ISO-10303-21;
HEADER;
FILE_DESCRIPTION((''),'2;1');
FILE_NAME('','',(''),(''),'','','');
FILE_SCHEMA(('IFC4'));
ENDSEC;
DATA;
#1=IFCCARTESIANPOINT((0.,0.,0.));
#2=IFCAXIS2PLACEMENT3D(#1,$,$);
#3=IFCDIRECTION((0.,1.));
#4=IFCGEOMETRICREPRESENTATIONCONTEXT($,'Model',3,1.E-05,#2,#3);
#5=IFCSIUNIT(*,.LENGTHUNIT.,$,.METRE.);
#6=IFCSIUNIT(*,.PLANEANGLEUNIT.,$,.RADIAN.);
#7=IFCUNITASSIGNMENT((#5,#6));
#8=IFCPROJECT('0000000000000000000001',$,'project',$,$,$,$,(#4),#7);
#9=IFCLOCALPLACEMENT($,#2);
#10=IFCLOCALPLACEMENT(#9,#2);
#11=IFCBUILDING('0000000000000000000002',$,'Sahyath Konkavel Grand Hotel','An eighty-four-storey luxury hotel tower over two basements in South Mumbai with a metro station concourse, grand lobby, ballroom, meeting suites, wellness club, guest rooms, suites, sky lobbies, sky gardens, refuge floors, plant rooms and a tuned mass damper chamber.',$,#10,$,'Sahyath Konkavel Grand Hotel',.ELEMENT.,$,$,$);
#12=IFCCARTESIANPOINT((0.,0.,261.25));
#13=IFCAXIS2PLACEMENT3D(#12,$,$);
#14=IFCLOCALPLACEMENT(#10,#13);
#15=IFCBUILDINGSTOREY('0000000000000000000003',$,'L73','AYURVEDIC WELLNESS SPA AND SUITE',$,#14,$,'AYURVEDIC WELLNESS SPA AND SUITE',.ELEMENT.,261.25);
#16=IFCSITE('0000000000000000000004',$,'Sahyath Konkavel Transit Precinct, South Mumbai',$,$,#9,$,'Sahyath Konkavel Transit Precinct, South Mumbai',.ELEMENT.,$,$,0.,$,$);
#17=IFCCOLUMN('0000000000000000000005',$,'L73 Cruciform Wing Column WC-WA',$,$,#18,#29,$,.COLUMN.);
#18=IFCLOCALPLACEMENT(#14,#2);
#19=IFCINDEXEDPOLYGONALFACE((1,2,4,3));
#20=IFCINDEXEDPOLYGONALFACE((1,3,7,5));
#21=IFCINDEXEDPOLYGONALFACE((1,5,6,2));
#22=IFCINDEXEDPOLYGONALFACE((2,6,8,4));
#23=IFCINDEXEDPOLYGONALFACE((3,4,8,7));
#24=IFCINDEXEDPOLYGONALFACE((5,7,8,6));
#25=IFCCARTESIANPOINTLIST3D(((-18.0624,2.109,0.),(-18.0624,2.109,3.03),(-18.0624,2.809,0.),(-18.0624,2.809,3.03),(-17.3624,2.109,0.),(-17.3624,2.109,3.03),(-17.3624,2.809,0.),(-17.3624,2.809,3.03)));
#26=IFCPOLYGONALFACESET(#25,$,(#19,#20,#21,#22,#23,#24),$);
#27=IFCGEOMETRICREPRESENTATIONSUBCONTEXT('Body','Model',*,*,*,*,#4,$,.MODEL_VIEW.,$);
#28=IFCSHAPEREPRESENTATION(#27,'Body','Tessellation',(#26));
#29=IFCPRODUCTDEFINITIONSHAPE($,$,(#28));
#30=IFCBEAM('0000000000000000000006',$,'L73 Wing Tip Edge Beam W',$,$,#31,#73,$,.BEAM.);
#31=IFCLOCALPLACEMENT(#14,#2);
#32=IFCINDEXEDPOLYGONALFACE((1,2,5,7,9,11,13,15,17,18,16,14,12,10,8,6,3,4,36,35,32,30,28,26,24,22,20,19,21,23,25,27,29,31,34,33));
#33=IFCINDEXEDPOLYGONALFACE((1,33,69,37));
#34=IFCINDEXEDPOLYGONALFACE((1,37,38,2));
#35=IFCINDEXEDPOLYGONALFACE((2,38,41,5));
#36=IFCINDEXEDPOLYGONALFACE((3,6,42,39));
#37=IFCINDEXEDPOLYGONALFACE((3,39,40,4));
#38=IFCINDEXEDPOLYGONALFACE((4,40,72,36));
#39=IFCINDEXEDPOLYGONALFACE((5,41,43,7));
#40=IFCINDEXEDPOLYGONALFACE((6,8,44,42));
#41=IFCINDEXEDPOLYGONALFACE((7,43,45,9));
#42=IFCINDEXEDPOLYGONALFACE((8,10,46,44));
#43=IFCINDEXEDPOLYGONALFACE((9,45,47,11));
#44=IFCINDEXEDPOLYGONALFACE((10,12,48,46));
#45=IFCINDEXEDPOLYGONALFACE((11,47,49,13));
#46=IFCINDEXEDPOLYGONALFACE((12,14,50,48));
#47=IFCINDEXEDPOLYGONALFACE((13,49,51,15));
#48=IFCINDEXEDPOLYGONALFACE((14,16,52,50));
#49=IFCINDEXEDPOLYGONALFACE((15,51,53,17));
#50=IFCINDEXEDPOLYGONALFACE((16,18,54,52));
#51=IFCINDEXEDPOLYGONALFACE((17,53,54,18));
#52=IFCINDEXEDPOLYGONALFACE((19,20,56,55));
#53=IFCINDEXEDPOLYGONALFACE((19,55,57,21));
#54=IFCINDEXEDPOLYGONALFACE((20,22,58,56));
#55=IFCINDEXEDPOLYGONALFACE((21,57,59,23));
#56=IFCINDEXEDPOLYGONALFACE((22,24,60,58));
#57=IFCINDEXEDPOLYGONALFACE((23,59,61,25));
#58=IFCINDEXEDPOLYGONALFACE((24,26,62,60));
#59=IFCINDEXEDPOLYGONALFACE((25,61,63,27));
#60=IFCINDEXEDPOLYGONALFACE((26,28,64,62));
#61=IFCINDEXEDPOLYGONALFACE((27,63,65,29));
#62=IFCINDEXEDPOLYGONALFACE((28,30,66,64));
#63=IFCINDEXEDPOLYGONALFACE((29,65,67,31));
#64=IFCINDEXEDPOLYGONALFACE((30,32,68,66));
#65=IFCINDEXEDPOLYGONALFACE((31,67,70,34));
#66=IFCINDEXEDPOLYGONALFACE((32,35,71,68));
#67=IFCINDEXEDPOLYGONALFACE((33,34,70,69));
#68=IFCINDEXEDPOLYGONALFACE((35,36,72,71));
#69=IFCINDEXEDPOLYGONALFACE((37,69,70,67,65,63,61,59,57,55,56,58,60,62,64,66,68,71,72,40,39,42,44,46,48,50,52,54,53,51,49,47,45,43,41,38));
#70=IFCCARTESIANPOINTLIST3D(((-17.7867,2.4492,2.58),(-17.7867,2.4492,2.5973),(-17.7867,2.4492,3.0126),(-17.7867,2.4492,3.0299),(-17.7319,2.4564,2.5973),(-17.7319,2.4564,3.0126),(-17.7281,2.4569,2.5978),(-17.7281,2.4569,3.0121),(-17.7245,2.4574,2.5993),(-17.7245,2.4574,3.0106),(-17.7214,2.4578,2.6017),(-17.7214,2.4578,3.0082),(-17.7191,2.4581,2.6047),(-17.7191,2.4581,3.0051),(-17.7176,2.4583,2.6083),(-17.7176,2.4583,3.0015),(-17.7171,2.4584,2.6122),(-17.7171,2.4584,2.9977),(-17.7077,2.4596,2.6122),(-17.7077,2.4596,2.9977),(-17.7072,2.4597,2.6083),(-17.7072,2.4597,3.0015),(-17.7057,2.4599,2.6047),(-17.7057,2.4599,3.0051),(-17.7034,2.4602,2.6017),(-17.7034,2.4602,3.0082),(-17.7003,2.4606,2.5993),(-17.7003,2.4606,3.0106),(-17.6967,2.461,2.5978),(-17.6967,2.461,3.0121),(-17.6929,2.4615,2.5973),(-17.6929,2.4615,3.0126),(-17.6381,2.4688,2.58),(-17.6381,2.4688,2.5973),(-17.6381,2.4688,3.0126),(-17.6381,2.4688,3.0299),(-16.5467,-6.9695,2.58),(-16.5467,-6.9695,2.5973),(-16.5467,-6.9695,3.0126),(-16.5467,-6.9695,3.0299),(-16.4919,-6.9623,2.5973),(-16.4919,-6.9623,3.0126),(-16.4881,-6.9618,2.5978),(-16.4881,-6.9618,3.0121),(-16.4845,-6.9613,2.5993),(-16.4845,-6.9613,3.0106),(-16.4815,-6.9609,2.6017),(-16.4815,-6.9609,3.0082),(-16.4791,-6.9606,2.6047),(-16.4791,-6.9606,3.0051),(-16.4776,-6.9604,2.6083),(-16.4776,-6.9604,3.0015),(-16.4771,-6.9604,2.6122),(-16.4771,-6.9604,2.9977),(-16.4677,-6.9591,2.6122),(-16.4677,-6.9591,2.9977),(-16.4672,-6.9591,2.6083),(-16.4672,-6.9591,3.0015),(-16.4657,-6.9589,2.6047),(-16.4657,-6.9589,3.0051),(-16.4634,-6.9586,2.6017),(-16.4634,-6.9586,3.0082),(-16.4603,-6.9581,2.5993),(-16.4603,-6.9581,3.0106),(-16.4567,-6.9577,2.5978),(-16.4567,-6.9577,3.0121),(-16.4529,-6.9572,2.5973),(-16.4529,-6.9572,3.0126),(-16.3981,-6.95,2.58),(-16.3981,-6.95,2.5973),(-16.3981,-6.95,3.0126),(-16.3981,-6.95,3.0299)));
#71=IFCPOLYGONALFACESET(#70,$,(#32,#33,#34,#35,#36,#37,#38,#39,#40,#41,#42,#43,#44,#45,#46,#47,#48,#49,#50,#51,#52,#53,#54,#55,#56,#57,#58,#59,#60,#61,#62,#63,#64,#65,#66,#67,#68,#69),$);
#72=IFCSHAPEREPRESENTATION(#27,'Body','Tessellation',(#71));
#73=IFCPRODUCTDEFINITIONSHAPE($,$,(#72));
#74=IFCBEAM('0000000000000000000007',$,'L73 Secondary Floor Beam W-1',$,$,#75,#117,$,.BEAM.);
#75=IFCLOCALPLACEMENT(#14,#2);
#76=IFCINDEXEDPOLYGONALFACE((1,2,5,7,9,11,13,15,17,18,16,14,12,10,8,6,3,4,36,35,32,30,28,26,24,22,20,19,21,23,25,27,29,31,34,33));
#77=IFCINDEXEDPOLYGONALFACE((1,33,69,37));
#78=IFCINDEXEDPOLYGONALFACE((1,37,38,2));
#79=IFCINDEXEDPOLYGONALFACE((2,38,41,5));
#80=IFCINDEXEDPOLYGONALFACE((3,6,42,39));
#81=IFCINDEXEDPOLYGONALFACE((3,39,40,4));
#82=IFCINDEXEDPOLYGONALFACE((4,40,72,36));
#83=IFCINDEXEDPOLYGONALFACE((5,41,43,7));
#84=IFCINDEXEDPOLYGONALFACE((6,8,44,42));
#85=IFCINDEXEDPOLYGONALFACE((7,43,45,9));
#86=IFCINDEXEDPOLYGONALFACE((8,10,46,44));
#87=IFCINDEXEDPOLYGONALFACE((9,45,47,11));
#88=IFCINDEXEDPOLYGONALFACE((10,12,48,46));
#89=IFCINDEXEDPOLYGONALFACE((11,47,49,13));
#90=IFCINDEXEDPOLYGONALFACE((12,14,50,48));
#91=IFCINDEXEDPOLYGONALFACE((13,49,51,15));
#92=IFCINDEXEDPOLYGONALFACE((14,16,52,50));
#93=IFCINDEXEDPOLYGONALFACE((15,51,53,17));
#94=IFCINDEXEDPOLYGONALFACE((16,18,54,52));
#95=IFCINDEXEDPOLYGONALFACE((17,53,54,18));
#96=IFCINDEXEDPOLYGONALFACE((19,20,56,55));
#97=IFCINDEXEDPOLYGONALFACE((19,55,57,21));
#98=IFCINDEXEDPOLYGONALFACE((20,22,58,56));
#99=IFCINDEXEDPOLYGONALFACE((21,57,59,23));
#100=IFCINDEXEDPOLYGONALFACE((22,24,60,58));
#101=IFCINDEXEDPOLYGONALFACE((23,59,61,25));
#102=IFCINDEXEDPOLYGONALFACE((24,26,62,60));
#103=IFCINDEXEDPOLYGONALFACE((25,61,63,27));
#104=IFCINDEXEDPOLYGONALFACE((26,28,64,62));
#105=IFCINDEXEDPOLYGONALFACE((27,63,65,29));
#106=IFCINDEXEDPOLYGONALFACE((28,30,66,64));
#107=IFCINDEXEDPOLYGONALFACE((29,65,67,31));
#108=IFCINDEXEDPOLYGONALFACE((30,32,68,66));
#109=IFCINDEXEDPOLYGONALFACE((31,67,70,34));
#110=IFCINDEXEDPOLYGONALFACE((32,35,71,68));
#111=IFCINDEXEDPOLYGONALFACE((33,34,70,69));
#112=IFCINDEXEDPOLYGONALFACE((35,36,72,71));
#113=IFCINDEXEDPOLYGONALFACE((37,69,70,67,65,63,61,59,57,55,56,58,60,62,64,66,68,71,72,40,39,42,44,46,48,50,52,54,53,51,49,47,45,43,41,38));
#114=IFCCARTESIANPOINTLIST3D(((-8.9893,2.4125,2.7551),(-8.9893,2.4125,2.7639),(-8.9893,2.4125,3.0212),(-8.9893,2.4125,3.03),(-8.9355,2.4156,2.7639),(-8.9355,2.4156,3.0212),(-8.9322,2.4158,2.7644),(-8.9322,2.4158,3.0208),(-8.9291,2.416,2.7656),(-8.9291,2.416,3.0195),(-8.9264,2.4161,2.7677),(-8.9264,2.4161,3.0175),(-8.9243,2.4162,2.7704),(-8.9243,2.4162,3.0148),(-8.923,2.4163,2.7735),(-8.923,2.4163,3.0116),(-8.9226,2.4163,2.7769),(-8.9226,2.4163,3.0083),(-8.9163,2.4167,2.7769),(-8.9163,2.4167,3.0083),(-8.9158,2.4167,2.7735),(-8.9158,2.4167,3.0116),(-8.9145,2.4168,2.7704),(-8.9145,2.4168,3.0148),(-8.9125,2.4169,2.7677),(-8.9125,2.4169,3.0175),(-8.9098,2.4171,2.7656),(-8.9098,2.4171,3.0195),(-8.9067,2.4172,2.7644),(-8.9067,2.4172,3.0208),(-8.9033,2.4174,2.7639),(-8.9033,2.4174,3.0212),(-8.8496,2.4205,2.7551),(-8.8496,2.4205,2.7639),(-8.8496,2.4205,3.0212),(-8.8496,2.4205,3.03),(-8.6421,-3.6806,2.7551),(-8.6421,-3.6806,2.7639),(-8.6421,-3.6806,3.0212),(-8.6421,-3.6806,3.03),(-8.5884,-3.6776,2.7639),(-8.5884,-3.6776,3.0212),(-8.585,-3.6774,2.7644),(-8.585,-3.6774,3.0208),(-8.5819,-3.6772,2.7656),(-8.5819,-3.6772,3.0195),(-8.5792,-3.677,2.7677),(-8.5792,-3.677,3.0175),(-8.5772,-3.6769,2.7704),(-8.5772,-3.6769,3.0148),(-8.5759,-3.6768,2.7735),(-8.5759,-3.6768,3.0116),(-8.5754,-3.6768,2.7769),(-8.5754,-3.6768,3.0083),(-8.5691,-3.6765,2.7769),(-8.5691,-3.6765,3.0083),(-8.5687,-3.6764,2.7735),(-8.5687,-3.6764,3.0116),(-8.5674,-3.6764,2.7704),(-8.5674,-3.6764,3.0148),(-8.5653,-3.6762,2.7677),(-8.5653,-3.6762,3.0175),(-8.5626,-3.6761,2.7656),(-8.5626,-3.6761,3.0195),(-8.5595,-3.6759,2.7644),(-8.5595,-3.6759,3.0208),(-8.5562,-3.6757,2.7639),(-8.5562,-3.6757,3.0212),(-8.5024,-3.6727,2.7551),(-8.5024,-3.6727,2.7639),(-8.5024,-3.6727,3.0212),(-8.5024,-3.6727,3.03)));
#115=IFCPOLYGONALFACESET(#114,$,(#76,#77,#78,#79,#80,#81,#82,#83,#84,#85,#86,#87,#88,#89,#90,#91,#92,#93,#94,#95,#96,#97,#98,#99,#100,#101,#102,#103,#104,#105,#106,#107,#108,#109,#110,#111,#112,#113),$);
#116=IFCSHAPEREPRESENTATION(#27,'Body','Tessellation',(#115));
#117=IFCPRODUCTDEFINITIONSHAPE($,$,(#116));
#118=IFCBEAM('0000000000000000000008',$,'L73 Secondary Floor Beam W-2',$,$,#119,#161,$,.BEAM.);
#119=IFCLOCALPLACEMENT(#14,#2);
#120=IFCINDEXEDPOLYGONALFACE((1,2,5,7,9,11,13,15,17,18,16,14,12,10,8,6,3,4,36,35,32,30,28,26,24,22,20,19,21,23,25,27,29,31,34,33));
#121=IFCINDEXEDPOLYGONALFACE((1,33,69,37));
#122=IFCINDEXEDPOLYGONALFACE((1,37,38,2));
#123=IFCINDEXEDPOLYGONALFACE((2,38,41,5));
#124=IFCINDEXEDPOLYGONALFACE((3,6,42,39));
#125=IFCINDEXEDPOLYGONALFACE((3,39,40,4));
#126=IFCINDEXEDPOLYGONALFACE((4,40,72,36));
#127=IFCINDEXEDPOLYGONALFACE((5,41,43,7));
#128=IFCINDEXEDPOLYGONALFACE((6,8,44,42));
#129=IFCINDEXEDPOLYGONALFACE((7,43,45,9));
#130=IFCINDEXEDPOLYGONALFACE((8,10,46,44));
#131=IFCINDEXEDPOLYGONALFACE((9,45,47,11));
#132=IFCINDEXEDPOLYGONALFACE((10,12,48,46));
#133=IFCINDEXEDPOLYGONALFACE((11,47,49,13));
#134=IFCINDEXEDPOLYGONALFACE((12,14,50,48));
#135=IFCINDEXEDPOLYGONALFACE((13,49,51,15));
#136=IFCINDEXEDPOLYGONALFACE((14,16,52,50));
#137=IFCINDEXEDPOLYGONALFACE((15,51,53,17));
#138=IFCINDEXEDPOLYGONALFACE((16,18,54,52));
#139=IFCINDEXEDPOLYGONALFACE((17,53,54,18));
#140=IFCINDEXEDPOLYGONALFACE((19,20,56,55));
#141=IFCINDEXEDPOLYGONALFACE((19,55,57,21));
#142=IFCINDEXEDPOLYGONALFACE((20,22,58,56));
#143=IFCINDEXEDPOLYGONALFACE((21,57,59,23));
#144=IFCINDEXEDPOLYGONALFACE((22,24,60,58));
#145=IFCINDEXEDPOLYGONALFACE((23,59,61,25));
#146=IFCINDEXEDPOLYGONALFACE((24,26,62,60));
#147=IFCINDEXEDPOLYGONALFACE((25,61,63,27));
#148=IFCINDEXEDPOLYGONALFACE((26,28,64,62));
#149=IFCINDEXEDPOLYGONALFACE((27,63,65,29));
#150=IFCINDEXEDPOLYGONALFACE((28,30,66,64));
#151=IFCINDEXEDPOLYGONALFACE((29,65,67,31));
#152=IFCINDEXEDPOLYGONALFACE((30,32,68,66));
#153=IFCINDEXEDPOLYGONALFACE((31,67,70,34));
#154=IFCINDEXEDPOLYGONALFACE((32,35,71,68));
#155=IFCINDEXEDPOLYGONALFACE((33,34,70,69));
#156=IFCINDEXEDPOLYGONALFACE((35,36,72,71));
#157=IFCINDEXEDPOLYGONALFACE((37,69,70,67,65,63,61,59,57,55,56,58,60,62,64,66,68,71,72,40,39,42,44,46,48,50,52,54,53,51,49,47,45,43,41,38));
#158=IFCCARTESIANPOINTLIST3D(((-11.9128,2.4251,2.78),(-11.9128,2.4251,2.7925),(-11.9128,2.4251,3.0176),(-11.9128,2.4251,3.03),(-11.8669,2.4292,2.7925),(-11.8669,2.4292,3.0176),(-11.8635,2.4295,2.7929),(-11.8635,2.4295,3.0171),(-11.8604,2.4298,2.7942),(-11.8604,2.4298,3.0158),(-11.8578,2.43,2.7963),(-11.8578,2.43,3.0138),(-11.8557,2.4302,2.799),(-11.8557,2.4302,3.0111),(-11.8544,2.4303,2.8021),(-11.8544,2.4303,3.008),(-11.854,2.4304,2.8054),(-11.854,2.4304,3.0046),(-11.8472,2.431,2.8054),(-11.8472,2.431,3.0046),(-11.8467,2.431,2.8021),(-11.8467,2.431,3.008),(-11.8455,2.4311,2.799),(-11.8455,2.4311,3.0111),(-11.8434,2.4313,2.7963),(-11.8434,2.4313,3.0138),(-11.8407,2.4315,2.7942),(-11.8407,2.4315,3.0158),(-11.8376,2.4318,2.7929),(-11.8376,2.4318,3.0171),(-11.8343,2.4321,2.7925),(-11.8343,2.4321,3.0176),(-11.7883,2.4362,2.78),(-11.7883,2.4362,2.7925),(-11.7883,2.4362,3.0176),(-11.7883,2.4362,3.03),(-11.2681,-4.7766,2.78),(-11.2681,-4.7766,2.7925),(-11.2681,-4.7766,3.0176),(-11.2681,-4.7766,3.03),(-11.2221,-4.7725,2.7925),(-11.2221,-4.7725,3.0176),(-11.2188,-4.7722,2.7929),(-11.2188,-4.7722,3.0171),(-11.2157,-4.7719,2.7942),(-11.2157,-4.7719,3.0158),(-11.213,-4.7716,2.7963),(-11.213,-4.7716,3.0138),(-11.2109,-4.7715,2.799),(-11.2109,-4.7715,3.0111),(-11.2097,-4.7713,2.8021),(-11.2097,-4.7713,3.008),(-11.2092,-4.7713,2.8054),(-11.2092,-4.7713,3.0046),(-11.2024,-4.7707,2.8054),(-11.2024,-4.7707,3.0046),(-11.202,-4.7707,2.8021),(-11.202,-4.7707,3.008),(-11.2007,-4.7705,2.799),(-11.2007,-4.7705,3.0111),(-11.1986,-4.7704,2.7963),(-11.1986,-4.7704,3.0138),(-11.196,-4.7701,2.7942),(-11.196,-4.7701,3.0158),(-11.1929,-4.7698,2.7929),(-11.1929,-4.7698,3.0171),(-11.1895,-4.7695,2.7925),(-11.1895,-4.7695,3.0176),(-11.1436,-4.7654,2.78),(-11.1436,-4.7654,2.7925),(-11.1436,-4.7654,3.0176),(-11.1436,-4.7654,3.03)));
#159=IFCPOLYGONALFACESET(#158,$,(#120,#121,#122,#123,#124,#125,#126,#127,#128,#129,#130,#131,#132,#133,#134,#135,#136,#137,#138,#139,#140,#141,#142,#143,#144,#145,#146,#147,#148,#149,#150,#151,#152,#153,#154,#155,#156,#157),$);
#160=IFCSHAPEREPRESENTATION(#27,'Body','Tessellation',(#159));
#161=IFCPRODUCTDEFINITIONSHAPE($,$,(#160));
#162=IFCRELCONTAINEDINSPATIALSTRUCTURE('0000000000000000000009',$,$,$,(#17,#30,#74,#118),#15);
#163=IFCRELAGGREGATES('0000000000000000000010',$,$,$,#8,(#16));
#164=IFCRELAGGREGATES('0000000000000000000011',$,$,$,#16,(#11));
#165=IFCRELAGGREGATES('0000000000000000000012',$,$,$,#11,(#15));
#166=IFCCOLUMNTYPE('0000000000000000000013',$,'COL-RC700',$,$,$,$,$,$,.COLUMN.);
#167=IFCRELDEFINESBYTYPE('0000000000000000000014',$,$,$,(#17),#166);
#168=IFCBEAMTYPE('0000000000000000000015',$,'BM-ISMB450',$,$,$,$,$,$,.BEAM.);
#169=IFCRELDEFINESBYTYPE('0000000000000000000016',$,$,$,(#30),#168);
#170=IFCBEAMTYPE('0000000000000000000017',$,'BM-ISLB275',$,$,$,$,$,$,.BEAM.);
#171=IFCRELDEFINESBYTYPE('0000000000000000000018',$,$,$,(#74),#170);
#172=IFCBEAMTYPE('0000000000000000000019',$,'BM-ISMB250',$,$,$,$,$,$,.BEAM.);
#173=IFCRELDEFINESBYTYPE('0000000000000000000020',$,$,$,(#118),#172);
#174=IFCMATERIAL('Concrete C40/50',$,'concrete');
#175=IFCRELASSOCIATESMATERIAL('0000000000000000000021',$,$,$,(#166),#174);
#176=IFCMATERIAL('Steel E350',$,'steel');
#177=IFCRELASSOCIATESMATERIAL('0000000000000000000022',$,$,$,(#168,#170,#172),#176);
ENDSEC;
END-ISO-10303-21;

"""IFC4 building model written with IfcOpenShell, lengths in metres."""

from ifc_helpers import new_model, si_unit, direction, frame, origin, origin_2d, place, context, subcontext, project, spatial, rectangle, i_section, extrude, source, transform, mapped, material, material_profile, profile_set, type_object, element, save


model = new_model("IFC4")

# Units and contexts
model_context = context("Model", 3, precision=1e-05, world=origin(), true_north=direction((0.0, 1.0)))
body_context = subcontext(model_context, "Body", "Model", "MODEL_VIEW")
ifc_project = project(units=[si_unit("LENGTHUNIT", "METRE"), si_unit("PLANEANGLEUNIT", "RADIAN")], contexts=[model_context])

# Site, building, storey
site_placement = place(None, origin())
site = spatial("IfcSite", under=ifc_project, at=site_placement, Name="Sahyath Konkavel Transit Precinct, South Mumbai", LongName="Sahyath Konkavel Transit Precinct, South Mumbai", CompositionType="ELEMENT", RefElevation=0.0)
building_placement = place(site_placement, origin())
building = spatial("IfcBuilding", under=site, at=building_placement, Name="Sahyath Konkavel Grand Hotel", Description="An eighty-four-storey luxury hotel tower over two basements in South Mumbai with a metro station concourse, grand lobby, ballroom, meeting suites, wellness club, guest rooms, suites, sky lobbies, sky gardens, refuge floors, plant rooms and a tuned mass damper chamber.", LongName="Sahyath Konkavel Grand Hotel", CompositionType="ELEMENT")
storey_placement = place(building_placement, frame((0.0, 0.0, 261.25)))
storey = spatial("IfcBuildingStorey", under=building, at=storey_placement, Name="L73", Description="AYURVEDIC WELLNESS SPA AND SUITE", LongName="AYURVEDIC WELLNESS SPA AND SUITE", CompositionType="ELEMENT", Elevation=261.25)

# Column
ifc_material_1 = material(Name="Concrete C40/50", Category="concrete")
ifc_material_profile_1 = material_profile(ifc_material_1, rectangle(XDim=0.7, YDim=0.7, at=origin_2d()), Name="RC 700x700")
ifc_profile_set_1 = profile_set([ifc_material_profile_1], Name="Concrete C40/50")
column_type = type_object("IfcColumnType", Name="COL-RC700", PredefinedType="COLUMN", material=ifc_profile_set_1)
shared_shape_1 = source(origin(), body_context, "Body", "SweptSolid", [
    extrude(rectangle(XDim=0.7, YDim=0.7, at=origin_2d()), origin(), (0.0, 0.0, 1.0), 3.03),
])
column_placement = place(storey_placement, frame((-17.7124, 2.459, 0.0), z_axis=(0.0, 0.0, 1.0), x_axis=(1.0, 0.0, 0.0)))
element("IfcColumn", 1, at=column_placement, inside=storey, type_object=column_type, Name="L73 Cruciform Wing Column WC-WA", PredefinedType="COLUMN", context=body_context, shape_type="MappedRepresentation", body=[
    mapped(shared_shape_1, transform((0.0, 0.0, 0.0), scale=1.0)),
])

# Beams
ifc_material_2 = material(Name="Steel E350", Category="steel")
ifc_material_profile_2 = material_profile(ifc_material_2, i_section(OverallWidth=0.1499, OverallDepth=0.45, WebThickness=0.0095, FlangeThickness=0.0173, FilletRadius=0.0149, at=origin_2d()), Name="ISMB 450")
ifc_profile_set_2 = profile_set([ifc_material_profile_2], Name="Steel E350")
beam_type_1 = type_object("IfcBeamType", Name="BM-ISMB450", PredefinedType="BEAM", material=ifc_profile_set_2)
shared_shape_2 = source(origin(), body_context, "Body", "SweptSolid", [
    extrude(i_section(OverallWidth=0.1499, OverallDepth=0.45, WebThickness=0.0095, FlangeThickness=0.0173, FilletRadius=0.0149, at=origin_2d()), origin(), (0.0, 0.0, 1.0), 9.5),
])
beam_1_placement = place(storey_placement, frame((-17.7124, 2.459, 2.8049), z_axis=(0.130526, -0.991445, 0.0), x_axis=(0.991445, 0.130526, 0.0)))
element("IfcBeam", 2, at=beam_1_placement, inside=storey, type_object=beam_type_1, Name="L73 Wing Tip Edge Beam W", PredefinedType="BEAM", context=body_context, shape_type="MappedRepresentation", body=[
    mapped(shared_shape_2, transform((0.0, 0.0, 0.0), scale=1.0)),
])
ifc_material_profile_3 = material_profile(ifc_material_2, i_section(OverallWidth=0.1399, OverallDepth=0.2749, WebThickness=0.0063, FlangeThickness=0.0088, FilletRadius=0.0129, at=origin_2d()), Name="ISLB 275")
ifc_profile_set_3 = profile_set([ifc_material_profile_3], Name="Steel E350")
beam_type_2 = type_object("IfcBeamType", Name="BM-ISLB275", PredefinedType="BEAM", material=ifc_profile_set_3)
shared_shape_3 = source(origin(), body_context, "Body", "SweptSolid", [
    extrude(i_section(OverallWidth=0.1399, OverallDepth=0.2749, WebThickness=0.0063, FlangeThickness=0.0088, FilletRadius=0.0129, at=origin_2d()), origin(), (0.0, 0.0, 1.0), 6.103),
])
beam_2_placement = place(storey_placement, frame((-8.9194, 2.4165, 2.8926), z_axis=(0.056883, -0.998381, 0.0), x_axis=(0.998381, 0.056883, 0.0)))
element("IfcBeam", 3, at=beam_2_placement, inside=storey, type_object=beam_type_2, Name="L73 Secondary Floor Beam W-1", PredefinedType="BEAM", context=body_context, shape_type="MappedRepresentation", body=[
    mapped(shared_shape_3, transform((0.0, 0.0, 0.0), scale=1.0)),
])
ifc_material_profile_4 = material_profile(ifc_material_2, i_section(OverallWidth=0.125, OverallDepth=0.25, WebThickness=0.0068, FlangeThickness=0.0125, FilletRadius=0.0129, at=origin_2d()), Name="ISMB 250")
ifc_profile_set_4 = profile_set([ifc_material_profile_4], Name="Steel E350")
beam_type_3 = type_object("IfcBeamType", Name="BM-ISMB250", PredefinedType="BEAM", material=ifc_profile_set_4)
shared_shape_4 = source(origin(), body_context, "Body", "SweptSolid", [
    extrude(i_section(OverallWidth=0.125, OverallDepth=0.25, WebThickness=0.0068, FlangeThickness=0.0125, FilletRadius=0.0129, at=origin_2d()), origin(), (0.0, 0.0, 1.0), 7.2305),
])
beam_3_placement = place(storey_placement, frame((-11.8506, 2.4307, 2.905), z_axis=(0.089175, -0.996016, 0.0), x_axis=(0.996016, 0.089175, 0.0)))
element("IfcBeam", 4, at=beam_3_placement, inside=storey, type_object=beam_type_3, Name="L73 Secondary Floor Beam W-2", PredefinedType="BEAM", context=body_context, shape_type="MappedRepresentation", body=[
    mapped(shared_shape_4, transform((0.0, 0.0, 0.0), scale=1.0)),
])

save(model, "model.ifc")
